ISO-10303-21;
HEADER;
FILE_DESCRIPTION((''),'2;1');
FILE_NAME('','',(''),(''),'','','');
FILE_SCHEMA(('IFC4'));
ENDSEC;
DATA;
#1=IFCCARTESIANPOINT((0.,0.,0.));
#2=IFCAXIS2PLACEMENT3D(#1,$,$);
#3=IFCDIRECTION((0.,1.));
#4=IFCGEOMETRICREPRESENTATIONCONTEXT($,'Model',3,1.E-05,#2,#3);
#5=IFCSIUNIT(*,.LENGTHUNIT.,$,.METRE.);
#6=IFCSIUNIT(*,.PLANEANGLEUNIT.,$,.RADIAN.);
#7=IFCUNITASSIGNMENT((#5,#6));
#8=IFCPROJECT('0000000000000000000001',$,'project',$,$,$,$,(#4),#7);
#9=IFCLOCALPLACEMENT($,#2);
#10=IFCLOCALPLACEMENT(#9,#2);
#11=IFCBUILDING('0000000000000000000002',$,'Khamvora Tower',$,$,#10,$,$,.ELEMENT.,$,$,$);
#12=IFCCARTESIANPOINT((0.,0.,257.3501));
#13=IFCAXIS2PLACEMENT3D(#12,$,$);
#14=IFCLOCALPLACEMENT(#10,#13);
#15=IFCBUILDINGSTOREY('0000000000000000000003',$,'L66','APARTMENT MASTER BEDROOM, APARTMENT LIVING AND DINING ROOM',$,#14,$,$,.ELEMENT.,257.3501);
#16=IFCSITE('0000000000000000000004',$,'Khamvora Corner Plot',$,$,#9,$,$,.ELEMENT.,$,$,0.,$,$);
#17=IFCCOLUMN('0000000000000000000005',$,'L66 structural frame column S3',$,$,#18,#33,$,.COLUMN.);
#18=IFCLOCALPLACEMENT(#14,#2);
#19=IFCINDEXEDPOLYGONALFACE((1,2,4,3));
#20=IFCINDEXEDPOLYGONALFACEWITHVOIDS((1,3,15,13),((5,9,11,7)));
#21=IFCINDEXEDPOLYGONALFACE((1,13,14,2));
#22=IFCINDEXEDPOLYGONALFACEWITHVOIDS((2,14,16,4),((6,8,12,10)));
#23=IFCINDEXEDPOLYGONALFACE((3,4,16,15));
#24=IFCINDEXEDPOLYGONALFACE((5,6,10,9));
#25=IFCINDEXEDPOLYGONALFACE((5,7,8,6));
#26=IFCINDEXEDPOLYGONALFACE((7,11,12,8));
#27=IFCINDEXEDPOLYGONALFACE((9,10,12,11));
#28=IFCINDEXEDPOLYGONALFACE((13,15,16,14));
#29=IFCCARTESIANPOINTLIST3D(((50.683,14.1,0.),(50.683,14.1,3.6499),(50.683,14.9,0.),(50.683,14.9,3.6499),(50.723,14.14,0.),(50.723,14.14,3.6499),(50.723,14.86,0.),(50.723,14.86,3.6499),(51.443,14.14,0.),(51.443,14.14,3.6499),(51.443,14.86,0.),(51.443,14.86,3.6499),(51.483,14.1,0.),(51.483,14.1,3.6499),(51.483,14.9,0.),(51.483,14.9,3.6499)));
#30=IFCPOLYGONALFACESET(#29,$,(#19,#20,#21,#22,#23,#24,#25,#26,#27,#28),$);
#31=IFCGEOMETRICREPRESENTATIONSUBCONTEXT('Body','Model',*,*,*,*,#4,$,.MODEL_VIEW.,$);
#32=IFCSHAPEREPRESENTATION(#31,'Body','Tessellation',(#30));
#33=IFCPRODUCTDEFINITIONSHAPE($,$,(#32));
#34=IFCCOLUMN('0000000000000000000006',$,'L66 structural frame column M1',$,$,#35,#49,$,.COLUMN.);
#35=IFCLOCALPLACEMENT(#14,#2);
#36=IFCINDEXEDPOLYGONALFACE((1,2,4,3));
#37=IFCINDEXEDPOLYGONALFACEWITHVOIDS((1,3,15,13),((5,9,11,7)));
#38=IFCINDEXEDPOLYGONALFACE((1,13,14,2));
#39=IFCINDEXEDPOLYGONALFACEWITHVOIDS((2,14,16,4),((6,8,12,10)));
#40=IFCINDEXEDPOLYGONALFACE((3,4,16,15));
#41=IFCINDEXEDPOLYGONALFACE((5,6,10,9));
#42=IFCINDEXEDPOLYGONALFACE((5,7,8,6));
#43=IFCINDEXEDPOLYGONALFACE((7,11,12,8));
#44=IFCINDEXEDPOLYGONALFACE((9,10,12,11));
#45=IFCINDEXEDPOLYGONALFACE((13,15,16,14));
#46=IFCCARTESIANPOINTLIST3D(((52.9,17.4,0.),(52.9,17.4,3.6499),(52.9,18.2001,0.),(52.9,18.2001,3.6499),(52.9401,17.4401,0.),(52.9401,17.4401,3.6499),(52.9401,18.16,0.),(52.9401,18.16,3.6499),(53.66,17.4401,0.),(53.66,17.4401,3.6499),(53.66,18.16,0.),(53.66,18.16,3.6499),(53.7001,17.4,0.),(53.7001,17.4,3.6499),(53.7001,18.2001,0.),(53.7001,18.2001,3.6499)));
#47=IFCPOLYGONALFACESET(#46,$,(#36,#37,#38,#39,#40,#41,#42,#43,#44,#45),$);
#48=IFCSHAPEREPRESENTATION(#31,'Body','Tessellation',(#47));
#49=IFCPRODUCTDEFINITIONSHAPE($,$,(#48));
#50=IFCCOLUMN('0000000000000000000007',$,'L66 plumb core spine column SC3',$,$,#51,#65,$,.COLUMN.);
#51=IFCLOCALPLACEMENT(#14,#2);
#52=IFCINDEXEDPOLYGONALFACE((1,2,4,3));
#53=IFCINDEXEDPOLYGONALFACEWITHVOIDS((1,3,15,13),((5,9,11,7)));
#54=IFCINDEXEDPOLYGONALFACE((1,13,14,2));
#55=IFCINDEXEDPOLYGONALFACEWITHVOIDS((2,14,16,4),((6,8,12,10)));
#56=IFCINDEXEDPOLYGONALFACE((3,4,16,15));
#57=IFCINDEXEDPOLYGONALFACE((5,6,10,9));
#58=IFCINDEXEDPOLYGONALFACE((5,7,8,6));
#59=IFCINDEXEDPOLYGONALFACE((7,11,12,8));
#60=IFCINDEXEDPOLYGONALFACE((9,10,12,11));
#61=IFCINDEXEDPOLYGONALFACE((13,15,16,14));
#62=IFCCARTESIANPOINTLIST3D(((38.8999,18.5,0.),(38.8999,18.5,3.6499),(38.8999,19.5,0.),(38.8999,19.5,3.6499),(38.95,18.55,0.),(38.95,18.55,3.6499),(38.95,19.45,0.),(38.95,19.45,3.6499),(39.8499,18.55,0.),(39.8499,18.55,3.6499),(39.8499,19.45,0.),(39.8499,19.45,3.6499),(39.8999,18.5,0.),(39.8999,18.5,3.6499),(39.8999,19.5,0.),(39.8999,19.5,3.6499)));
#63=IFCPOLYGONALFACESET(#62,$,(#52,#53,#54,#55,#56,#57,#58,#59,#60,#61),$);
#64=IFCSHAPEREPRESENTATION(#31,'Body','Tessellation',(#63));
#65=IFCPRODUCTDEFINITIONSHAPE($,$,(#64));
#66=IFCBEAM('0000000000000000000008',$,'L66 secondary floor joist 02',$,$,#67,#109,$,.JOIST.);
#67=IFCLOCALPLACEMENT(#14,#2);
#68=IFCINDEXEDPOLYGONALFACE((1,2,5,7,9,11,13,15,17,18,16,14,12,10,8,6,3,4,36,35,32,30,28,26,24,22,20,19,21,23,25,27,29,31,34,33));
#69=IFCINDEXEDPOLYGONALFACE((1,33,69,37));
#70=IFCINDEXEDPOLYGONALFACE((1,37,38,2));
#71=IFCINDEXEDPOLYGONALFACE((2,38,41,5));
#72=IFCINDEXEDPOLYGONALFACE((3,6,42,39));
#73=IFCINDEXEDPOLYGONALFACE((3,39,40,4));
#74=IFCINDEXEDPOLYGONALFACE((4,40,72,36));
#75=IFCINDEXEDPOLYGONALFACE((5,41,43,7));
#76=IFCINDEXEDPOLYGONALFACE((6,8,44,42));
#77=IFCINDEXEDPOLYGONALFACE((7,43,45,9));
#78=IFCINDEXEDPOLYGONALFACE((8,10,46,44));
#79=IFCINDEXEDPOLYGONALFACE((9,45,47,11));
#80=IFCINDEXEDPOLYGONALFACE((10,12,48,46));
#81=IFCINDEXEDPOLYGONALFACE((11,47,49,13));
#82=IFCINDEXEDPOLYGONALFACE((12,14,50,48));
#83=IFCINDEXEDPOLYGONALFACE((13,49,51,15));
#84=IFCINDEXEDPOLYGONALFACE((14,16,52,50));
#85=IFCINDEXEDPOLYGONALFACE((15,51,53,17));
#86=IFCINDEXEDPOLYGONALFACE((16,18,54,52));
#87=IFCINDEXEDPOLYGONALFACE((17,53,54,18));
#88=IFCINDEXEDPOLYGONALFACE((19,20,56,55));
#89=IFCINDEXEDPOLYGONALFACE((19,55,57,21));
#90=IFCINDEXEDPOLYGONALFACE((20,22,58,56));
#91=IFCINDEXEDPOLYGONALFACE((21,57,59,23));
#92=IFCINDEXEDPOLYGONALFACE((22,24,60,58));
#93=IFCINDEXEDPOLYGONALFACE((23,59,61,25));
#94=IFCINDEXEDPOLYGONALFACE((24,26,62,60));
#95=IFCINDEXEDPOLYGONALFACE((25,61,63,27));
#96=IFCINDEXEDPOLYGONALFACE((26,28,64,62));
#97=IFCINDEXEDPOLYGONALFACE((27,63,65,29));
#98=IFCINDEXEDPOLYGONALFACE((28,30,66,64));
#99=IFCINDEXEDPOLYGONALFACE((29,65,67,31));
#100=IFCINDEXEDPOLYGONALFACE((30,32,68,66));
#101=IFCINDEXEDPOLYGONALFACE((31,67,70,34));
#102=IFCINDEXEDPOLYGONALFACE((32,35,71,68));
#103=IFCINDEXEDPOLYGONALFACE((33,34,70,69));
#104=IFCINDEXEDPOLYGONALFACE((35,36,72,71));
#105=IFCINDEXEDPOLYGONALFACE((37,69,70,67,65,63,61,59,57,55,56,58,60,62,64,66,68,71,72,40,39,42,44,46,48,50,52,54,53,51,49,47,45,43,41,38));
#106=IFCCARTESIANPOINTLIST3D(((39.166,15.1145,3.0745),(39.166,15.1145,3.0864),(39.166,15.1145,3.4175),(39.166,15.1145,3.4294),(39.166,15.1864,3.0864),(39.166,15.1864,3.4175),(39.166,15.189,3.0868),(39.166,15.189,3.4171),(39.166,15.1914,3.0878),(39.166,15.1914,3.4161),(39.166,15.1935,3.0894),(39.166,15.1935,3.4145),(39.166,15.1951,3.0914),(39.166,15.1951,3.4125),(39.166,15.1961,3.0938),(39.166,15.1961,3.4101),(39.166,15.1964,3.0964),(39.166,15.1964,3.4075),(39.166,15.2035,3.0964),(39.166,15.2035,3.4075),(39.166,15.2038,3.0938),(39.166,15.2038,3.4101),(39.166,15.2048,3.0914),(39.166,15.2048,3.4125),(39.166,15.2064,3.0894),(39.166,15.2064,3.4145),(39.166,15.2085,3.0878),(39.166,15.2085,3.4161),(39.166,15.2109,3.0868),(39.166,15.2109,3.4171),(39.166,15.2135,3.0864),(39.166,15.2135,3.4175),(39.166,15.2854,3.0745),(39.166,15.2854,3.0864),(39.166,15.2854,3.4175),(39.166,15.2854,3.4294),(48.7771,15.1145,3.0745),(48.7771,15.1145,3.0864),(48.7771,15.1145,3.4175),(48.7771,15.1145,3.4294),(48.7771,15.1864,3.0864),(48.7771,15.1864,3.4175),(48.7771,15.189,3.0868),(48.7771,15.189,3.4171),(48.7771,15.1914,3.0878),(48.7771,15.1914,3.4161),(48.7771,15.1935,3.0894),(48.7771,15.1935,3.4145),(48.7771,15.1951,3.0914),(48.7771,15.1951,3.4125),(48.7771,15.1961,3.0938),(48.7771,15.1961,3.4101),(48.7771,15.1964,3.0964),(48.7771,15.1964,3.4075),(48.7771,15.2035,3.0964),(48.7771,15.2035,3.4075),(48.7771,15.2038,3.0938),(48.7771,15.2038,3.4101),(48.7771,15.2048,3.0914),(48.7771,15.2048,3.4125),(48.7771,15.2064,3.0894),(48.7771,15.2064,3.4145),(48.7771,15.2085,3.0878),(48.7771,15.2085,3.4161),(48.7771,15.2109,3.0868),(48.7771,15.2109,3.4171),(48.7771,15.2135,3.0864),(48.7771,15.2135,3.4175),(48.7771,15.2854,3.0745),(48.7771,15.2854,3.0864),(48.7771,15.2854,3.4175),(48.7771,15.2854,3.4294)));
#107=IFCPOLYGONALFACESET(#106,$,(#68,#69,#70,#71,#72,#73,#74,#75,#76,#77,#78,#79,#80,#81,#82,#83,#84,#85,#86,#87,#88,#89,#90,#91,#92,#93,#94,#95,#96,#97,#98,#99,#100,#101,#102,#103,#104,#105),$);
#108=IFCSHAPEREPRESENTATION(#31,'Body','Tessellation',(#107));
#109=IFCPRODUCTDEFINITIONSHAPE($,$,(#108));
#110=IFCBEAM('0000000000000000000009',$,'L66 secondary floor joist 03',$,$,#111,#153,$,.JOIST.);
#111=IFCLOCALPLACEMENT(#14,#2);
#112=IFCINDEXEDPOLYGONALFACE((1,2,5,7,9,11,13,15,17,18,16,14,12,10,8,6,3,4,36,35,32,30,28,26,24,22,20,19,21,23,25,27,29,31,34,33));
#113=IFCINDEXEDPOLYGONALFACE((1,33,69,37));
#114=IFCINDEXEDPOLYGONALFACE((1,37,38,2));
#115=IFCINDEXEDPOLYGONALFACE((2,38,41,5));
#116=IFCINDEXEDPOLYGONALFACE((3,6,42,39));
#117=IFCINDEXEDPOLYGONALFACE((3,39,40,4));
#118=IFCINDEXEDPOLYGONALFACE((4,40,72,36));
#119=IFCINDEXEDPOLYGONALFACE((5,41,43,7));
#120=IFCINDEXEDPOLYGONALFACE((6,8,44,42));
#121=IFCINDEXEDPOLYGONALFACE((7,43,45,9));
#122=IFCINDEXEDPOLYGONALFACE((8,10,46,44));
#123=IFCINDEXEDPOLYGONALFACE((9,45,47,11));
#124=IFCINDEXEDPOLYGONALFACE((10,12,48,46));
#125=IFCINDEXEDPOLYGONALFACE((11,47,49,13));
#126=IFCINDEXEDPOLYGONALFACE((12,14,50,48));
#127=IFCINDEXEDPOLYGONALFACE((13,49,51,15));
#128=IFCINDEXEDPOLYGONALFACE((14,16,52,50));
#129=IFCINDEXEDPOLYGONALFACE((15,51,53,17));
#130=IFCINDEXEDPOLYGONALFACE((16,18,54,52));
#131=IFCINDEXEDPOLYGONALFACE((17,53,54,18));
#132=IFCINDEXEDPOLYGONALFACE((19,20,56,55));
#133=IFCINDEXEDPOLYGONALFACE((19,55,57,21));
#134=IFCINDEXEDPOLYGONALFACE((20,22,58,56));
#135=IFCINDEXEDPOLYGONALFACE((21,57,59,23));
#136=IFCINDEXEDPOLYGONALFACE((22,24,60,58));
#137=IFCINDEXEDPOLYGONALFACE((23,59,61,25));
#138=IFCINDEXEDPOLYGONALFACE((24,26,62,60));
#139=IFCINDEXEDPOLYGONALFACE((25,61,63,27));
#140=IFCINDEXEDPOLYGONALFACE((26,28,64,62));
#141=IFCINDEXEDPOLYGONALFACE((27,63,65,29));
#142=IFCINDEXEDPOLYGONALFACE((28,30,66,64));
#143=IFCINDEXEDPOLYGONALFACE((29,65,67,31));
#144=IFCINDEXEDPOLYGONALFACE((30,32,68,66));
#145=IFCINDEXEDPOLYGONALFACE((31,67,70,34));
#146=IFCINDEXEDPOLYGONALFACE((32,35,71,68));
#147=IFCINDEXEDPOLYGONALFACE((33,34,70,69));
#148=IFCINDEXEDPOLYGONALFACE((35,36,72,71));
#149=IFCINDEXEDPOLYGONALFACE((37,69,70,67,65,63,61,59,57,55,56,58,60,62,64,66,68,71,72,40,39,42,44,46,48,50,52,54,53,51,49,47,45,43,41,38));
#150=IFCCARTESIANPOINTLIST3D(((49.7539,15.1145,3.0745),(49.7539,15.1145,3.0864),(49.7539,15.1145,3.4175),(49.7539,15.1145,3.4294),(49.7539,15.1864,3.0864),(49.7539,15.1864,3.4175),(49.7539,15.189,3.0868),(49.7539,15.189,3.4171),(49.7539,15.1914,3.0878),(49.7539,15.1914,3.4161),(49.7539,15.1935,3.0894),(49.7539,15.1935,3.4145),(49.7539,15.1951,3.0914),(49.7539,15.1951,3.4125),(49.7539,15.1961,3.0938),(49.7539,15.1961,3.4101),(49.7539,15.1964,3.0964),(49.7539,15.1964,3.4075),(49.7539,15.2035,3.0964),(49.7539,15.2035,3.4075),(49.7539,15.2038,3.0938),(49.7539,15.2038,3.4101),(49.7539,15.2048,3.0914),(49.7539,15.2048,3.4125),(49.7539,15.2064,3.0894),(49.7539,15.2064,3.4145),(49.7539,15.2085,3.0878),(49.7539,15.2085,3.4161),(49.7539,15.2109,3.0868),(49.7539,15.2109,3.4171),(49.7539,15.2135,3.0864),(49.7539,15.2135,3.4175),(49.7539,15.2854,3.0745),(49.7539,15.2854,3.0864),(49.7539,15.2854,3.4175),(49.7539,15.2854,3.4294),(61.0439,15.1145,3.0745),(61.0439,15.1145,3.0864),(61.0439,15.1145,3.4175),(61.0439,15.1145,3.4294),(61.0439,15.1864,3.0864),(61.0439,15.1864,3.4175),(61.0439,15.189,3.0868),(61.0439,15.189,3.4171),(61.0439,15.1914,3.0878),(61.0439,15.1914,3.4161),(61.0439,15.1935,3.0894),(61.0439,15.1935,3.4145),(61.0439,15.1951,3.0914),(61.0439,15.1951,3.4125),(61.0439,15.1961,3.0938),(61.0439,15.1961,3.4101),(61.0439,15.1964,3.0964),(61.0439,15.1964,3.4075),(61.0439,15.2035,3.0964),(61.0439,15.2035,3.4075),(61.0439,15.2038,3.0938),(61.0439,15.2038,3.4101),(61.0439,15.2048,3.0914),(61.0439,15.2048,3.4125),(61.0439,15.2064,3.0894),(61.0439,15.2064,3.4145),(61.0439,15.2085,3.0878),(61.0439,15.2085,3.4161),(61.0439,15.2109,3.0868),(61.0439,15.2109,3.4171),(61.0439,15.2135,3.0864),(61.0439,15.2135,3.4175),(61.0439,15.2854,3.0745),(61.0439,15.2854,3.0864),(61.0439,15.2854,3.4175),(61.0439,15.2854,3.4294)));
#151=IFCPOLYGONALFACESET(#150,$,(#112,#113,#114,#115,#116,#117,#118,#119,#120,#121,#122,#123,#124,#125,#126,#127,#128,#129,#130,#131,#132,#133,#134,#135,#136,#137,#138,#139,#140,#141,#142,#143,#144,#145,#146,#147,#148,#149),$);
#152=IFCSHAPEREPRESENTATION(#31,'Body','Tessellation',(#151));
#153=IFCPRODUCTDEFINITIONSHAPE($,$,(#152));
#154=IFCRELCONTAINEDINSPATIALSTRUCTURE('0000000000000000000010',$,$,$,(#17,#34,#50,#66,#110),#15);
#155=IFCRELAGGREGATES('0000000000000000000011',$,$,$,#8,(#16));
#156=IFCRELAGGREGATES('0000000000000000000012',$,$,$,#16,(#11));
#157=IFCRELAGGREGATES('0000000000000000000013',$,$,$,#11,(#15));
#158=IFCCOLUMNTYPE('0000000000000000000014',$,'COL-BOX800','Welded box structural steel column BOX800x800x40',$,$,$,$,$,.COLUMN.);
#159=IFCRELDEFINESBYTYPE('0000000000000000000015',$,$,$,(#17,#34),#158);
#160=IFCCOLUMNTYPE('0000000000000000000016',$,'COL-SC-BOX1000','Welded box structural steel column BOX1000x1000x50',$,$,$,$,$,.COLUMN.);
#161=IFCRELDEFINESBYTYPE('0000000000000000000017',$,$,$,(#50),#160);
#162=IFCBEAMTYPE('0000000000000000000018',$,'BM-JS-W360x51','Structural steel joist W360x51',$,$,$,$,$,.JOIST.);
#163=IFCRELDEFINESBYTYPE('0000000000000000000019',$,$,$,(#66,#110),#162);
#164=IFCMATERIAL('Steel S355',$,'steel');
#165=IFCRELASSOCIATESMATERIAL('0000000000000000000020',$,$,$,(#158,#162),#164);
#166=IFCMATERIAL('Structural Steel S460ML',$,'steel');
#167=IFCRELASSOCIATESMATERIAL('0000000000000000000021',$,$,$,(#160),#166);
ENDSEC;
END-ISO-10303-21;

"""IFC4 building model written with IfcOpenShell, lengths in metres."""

from ifc_helpers import new_model, si_unit, direction, frame, origin, origin_2d, place, context, subcontext, project, spatial, hollow_rectangle, i_section, extrude, material, material_profile, profile_set, type_object, element, save


model = new_model("IFC4")

# Units and contexts
model_context = context("Model", 3, precision=1e-05, world=origin(), true_north=direction((0.0, 1.0)))
body_context = subcontext(model_context, "Body", "Model", "MODEL_VIEW")
ifc_project = project(units=[si_unit("LENGTHUNIT", "METRE"), si_unit("PLANEANGLEUNIT", "RADIAN")], contexts=[model_context])

# Site, building, storey
site_placement = place(None, origin())
site = spatial("IfcSite", under=ifc_project, at=site_placement, Name="Khamvora Corner Plot", CompositionType="ELEMENT", RefElevation=0.0)
building_placement = place(site_placement, origin())
building = spatial("IfcBuilding", under=site, at=building_placement, Name="Khamvora Tower", CompositionType="ELEMENT")
storey_placement = place(building_placement, frame((0.0, 0.0, 257.3501)))
storey = spatial("IfcBuildingStorey", under=building, at=storey_placement, Name="L66", Description="APARTMENT MASTER BEDROOM, APARTMENT LIVING AND DINING ROOM", CompositionType="ELEMENT", Elevation=257.3501)

# Columns
ifc_material_1 = material(Name="Steel S355", Category="steel")
ifc_material_profile_1 = material_profile(ifc_material_1, hollow_rectangle(XDim=0.8, YDim=0.8, WallThickness=0.04, at=origin_2d()), Name="BOX800x800x40")
ifc_profile_set_1 = profile_set([ifc_material_profile_1], Name="Steel S355")
column_type_1 = type_object("IfcColumnType", Name="COL-BOX800", Description="Welded box structural steel column BOX800x800x40", PredefinedType="COLUMN", material=ifc_profile_set_1)
for number, where, z_axis, x_axis, name in (
    (1, (51.083, 14.5, 0.0), (0.0, 0.0, 1.0), (1.0, 0.0, 0.0), "L66 structural frame column S3"),
    (2, (53.3, 17.8, 0.0), (0.0, 0.0, 1.0), (1.0, 0.0, 0.0), "L66 structural frame column M1"),
):
    element("IfcColumn", number, at=place(storey_placement, frame(where, z_axis=z_axis, x_axis=x_axis)), inside=storey, type_object=column_type_1, Name=name, PredefinedType="COLUMN", context=body_context, shape_type="SweptSolid", body=[
        extrude(hollow_rectangle(XDim=0.8, YDim=0.8, WallThickness=0.04, at=origin_2d()), origin(), (0.0, 0.0, 1.0), 3.6499),
    ])
ifc_material_2 = material(Name="Structural Steel S460ML", Category="steel")
ifc_material_profile_2 = material_profile(ifc_material_2, hollow_rectangle(XDim=1.0, YDim=1.0, WallThickness=0.05, at=origin_2d()), Name="BOX1000x1000x50")
ifc_profile_set_2 = profile_set([ifc_material_profile_2], Name="Structural Steel S460ML")
column_type_2 = type_object("IfcColumnType", Name="COL-SC-BOX1000", Description="Welded box structural steel column BOX1000x1000x50", PredefinedType="COLUMN", material=ifc_profile_set_2)
column_placement = place(storey_placement, frame((39.3999, 19.0, 0.0), z_axis=(0.0, 0.0, 1.0), x_axis=(1.0, 0.0, 0.0)))
element("IfcColumn", 3, at=column_placement, inside=storey, type_object=column_type_2, Name="L66 plumb core spine column SC3", PredefinedType="COLUMN", context=body_context, shape_type="SweptSolid", body=[
    extrude(hollow_rectangle(XDim=1.0, YDim=1.0, WallThickness=0.05, at=origin_2d()), origin(), (0.0, 0.0, 1.0), 3.6499),
])

# Beams
ifc_material_profile_3 = material_profile(ifc_material_1, i_section(OverallWidth=0.1709, OverallDepth=0.355, WebThickness=0.0071, FlangeThickness=0.012, FilletRadius=0.01, at=origin_2d()), Name="W360x51")
ifc_profile_set_3 = profile_set([ifc_material_profile_3], Name="Steel S355")
beam_type_1 = type_object("IfcBeamType", Name="BM-JS-W360x51", Description="Structural steel joist W360x51", PredefinedType="JOIST", material=ifc_profile_set_3)
beam_1_placement = place(storey_placement, frame((39.166, 15.2, 3.252), z_axis=(1.0, 0.0, 0.0), x_axis=(0.0, 1.0, 0.0)))
element("IfcBeam", 4, at=beam_1_placement, inside=storey, type_object=beam_type_1, Name="L66 secondary floor joist 02", PredefinedType="JOIST", context=body_context, shape_type="SweptSolid", body=[
    extrude(i_section(OverallWidth=0.1709, OverallDepth=0.355, WebThickness=0.0071, FlangeThickness=0.012, FilletRadius=0.01, at=origin_2d()), origin(), (0.0, 0.0, 1.0), 9.6111),
])
beam_2_placement = place(storey_placement, frame((49.7539, 15.2, 3.252), z_axis=(1.0, 0.0, 0.0), x_axis=(0.0, 1.0, 0.0)))
element("IfcBeam", 5, at=beam_2_placement, inside=storey, type_object=beam_type_1, Name="L66 secondary floor joist 03", PredefinedType="JOIST", context=body_context, shape_type="SweptSolid", body=[
    extrude(i_section(OverallWidth=0.1709, OverallDepth=0.355, WebThickness=0.0071, FlangeThickness=0.012, FilletRadius=0.01, at=origin_2d()), origin(), (0.0, 0.0, 1.0), 11.29),
])

save(model, "model.ifc")
